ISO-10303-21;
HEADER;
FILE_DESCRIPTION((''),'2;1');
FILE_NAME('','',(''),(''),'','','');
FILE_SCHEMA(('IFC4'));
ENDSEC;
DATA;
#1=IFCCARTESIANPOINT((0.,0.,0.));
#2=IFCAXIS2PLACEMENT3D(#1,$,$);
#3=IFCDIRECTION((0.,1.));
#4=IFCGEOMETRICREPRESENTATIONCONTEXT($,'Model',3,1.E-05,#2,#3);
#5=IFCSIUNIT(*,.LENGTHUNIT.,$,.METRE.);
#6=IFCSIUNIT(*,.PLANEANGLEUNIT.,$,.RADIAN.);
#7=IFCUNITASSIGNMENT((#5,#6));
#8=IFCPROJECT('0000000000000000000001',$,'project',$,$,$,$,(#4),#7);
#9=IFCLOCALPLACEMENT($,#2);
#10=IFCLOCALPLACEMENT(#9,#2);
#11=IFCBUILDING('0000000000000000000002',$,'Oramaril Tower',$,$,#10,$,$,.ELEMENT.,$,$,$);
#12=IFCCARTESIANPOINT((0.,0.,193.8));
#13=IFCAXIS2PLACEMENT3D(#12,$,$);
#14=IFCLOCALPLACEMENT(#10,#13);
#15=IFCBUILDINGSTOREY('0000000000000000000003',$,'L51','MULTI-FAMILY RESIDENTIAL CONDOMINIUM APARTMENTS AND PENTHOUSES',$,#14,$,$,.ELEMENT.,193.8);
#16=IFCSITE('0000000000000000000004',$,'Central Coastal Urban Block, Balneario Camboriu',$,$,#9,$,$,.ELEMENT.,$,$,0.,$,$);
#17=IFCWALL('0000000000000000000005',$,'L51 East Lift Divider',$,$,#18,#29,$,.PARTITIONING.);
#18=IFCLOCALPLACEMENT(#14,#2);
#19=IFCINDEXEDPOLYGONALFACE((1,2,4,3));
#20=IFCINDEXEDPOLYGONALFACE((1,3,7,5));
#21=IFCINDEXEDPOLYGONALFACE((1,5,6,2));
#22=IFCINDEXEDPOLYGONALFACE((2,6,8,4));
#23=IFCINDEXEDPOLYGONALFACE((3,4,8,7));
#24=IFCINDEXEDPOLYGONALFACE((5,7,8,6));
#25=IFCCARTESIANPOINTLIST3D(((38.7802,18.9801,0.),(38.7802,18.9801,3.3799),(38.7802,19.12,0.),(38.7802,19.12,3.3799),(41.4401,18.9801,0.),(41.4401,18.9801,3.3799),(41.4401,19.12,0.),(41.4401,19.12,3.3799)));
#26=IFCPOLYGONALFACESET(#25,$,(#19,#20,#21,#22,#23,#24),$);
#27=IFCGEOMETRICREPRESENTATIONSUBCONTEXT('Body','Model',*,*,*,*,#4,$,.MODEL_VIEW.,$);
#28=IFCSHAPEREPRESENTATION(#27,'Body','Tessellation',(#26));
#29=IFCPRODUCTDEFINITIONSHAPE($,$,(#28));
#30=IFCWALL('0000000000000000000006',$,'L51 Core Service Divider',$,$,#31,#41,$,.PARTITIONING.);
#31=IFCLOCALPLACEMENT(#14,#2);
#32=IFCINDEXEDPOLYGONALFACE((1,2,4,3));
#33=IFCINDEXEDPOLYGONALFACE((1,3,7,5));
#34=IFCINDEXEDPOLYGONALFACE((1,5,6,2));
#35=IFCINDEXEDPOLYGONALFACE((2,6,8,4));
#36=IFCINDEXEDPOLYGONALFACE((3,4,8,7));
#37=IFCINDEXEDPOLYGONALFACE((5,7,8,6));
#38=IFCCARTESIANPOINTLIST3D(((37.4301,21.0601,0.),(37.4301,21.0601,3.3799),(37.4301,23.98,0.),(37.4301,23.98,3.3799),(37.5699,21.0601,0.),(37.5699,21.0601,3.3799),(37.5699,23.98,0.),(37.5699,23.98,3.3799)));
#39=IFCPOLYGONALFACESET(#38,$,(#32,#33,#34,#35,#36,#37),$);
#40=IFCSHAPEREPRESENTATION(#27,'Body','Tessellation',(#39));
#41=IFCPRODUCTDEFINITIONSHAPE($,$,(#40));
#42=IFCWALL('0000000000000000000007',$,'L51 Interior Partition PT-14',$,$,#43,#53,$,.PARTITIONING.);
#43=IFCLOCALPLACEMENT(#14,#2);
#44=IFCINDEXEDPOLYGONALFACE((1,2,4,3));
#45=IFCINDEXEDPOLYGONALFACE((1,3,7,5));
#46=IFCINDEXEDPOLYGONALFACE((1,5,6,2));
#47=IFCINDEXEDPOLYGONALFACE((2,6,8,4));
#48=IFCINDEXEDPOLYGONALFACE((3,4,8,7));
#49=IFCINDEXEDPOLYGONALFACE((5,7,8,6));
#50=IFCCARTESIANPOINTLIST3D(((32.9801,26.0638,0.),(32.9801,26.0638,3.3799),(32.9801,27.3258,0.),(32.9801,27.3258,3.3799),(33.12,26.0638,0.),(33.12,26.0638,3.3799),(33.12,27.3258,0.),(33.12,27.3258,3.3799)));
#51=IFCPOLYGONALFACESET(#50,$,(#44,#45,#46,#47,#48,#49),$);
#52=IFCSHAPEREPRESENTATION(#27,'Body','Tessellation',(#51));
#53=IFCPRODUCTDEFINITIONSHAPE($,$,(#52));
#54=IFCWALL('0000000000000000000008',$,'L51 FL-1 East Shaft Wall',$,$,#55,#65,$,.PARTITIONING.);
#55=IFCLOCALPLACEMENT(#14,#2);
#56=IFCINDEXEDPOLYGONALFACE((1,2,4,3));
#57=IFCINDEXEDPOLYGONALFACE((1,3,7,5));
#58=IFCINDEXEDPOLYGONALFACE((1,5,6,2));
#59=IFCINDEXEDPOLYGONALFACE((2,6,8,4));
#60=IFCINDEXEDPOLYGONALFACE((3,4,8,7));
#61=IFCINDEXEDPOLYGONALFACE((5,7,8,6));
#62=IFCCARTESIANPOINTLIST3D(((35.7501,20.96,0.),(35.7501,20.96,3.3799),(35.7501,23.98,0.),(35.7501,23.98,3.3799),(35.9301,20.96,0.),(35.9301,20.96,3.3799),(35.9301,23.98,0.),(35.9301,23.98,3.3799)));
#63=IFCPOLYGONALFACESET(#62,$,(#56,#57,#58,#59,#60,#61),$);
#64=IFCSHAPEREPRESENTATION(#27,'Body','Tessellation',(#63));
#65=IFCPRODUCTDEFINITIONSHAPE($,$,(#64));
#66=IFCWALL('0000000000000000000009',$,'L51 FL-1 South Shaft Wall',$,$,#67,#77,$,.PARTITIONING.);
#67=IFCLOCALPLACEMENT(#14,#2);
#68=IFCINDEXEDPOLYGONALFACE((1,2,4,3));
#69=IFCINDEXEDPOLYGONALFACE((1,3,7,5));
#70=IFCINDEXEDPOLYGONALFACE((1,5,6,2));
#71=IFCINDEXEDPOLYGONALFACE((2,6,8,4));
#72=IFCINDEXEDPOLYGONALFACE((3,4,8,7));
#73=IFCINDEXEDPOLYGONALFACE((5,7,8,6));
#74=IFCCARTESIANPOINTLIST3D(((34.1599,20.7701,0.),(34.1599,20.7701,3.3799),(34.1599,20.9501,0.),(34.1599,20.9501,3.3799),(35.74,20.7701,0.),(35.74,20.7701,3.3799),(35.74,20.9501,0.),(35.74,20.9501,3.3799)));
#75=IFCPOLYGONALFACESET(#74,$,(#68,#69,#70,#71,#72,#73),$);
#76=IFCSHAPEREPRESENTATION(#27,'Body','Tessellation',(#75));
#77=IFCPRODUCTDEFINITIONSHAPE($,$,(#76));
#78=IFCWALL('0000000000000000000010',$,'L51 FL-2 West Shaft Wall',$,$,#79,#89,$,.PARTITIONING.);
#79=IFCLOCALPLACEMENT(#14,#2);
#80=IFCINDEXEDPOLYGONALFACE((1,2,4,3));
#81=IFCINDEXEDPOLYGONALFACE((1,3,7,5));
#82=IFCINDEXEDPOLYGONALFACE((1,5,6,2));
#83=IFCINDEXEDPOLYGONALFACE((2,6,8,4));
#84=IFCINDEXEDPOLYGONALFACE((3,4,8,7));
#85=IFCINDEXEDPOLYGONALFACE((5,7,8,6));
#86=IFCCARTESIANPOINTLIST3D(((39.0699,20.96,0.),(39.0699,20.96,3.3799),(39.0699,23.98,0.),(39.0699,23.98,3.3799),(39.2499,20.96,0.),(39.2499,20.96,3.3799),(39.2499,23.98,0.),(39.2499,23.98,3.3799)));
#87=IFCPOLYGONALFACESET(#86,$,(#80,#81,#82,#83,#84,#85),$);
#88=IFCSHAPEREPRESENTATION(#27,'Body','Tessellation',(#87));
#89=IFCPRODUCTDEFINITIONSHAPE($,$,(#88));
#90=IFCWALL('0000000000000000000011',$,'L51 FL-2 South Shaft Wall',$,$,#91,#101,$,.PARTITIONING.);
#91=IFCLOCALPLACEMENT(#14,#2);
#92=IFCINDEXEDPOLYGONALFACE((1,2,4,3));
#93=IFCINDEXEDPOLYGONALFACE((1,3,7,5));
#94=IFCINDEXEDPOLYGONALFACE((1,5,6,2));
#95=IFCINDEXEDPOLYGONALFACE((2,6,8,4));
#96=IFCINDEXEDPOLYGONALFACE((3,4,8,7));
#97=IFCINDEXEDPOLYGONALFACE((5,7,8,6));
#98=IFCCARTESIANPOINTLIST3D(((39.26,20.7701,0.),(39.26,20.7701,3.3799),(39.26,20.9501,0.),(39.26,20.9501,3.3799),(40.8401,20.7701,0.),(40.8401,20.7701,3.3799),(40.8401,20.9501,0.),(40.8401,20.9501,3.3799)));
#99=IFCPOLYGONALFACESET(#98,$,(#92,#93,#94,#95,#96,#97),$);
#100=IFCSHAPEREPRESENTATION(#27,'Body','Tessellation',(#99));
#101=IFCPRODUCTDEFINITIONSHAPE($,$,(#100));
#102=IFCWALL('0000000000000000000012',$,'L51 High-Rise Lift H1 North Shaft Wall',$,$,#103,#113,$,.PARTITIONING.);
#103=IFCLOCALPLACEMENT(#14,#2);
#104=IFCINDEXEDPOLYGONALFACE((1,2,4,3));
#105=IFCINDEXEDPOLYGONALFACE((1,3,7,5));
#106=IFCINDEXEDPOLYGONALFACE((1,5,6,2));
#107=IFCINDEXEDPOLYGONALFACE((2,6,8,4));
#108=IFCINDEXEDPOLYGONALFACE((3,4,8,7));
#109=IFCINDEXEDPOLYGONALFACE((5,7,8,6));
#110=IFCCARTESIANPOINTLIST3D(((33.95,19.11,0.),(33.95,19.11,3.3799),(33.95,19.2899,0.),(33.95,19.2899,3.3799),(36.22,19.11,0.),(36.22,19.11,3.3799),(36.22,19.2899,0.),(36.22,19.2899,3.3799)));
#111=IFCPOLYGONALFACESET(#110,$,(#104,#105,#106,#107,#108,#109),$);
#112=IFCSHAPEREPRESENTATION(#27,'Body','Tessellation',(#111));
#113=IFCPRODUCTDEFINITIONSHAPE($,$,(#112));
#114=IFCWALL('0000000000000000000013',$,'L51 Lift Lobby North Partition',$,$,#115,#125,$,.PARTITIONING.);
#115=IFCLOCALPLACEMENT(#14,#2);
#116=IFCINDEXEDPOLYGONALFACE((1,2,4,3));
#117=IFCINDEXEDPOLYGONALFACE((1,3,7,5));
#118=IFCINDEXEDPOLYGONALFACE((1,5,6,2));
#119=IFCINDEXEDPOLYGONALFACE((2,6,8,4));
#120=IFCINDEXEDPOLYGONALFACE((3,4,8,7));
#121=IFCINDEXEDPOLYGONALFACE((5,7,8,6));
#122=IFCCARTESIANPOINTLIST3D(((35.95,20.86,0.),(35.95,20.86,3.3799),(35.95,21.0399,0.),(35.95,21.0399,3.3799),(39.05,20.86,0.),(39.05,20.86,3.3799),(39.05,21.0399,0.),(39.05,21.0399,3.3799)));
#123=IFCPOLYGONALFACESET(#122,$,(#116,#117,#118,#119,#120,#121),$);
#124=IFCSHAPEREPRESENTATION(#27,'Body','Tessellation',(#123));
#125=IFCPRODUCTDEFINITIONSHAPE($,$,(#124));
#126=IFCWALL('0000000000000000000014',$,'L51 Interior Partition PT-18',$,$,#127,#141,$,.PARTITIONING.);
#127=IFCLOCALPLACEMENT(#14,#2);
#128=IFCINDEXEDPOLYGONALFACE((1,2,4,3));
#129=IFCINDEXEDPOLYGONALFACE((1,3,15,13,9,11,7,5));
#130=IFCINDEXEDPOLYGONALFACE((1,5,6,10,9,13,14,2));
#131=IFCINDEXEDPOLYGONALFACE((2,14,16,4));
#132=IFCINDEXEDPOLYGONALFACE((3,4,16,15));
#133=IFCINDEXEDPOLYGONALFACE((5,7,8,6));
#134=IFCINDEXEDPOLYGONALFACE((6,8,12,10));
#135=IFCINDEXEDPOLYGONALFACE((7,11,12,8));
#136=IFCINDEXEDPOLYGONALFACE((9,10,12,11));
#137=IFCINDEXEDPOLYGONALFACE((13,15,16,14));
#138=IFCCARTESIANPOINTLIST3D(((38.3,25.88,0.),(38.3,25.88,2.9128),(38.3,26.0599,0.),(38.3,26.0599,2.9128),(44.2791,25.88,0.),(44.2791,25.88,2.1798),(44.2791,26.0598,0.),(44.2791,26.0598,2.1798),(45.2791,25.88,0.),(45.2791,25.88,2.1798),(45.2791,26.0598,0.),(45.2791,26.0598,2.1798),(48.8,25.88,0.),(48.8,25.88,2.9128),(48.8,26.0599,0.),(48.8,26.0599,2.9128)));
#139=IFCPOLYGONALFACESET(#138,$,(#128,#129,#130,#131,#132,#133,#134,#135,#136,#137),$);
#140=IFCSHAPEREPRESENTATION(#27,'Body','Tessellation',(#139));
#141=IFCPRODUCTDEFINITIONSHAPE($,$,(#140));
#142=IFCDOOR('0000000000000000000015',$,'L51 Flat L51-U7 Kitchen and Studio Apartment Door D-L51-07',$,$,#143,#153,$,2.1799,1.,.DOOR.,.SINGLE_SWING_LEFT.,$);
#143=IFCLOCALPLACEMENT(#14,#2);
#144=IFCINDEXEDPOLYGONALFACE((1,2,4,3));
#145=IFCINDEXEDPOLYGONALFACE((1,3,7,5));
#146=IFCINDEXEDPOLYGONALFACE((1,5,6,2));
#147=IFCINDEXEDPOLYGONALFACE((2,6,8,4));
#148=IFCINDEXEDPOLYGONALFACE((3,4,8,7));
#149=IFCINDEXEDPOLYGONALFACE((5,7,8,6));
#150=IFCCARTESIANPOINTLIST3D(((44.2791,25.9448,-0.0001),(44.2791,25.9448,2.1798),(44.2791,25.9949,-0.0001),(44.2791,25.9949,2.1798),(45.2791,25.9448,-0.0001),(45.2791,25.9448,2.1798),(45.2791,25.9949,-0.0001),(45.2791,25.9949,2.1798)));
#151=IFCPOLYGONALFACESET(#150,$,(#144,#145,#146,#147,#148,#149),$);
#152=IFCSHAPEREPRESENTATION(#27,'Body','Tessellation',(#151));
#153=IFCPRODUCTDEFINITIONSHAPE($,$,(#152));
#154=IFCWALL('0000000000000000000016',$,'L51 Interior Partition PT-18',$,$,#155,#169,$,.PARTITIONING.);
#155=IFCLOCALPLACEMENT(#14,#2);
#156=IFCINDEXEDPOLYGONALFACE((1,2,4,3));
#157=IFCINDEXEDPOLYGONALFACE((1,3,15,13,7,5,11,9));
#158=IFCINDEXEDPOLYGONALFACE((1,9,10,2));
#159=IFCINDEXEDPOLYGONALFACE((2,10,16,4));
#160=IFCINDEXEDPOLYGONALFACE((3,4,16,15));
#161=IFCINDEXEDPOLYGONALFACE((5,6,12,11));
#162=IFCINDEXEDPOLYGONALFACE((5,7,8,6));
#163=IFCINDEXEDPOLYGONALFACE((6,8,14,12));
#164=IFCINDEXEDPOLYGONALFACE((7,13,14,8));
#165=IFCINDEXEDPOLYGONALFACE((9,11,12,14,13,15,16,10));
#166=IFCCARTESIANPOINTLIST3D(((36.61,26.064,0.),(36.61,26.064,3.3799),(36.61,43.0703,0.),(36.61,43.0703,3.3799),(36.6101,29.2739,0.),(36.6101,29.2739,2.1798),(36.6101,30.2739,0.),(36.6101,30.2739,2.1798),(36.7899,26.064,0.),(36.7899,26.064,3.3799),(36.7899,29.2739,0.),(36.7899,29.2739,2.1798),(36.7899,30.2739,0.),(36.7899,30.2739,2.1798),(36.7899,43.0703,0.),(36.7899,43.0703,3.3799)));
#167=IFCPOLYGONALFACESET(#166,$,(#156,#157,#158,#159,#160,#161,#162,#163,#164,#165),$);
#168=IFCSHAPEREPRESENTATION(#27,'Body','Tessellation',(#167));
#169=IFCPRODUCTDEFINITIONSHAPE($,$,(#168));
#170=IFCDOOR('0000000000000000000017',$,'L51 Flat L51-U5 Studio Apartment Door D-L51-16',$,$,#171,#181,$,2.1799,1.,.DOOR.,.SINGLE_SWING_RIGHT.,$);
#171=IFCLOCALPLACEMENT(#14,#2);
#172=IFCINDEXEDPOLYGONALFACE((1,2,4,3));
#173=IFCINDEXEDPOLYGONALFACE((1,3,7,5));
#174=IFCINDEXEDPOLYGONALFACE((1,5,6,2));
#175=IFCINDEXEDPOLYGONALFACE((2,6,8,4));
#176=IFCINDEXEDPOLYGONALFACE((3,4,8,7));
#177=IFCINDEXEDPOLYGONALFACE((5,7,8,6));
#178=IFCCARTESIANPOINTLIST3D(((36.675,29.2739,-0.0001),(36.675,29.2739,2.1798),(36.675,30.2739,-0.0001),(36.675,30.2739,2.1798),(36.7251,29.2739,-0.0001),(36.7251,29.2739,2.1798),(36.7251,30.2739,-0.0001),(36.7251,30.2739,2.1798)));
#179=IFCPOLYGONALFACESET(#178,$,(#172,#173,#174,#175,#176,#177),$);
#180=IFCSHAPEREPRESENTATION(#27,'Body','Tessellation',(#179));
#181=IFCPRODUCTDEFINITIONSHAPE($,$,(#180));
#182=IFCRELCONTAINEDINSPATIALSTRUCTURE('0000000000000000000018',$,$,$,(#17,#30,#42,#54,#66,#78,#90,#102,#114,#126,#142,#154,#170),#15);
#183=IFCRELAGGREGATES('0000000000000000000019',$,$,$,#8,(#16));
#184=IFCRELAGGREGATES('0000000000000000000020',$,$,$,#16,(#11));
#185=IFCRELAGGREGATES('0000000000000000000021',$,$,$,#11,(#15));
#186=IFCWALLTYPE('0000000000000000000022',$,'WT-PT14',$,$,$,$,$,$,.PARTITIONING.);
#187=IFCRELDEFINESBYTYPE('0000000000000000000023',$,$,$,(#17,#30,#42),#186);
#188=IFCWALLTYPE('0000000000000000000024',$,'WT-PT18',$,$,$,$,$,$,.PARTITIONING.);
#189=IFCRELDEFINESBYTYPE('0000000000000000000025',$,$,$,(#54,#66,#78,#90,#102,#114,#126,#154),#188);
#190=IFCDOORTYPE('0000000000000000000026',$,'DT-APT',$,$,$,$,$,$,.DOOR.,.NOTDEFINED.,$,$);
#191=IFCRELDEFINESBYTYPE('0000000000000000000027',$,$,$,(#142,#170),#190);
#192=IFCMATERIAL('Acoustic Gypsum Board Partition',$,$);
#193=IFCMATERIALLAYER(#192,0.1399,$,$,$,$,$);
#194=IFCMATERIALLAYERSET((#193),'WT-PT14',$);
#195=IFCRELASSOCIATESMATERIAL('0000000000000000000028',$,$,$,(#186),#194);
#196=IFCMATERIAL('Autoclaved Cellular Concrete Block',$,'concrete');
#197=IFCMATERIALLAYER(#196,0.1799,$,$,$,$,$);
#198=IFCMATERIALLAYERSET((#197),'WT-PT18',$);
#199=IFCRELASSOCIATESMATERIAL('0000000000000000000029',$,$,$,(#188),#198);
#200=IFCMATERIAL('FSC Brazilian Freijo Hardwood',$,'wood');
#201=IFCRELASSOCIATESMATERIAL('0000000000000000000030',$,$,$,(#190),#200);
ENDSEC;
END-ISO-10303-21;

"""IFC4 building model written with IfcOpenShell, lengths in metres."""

from ifc_helpers import new_model, si_unit, direction, frame, frame_2d, origin, place, context, subcontext, project, spatial, rectangle, extrude, material, layer, layer_set, type_object, element, fill, save


model = new_model("IFC4")

# Units and contexts
model_context = context("Model", 3, precision=1e-05, world=origin(), true_north=direction((0.0, 1.0)))
body_context = subcontext(model_context, "Body", "Model", "MODEL_VIEW")
ifc_project = project(units=[si_unit("LENGTHUNIT", "METRE"), si_unit("PLANEANGLEUNIT", "RADIAN")], contexts=[model_context])

# Site, building, storey
site_placement = place(None, origin())
site = spatial("IfcSite", under=ifc_project, at=site_placement, Name="Central Coastal Urban Block, Balneario Camboriu", CompositionType="ELEMENT", RefElevation=0.0)
building_placement = place(site_placement, origin())
building = spatial("IfcBuilding", under=site, at=building_placement, Name="Oramaril Tower", CompositionType="ELEMENT")
storey_placement = place(building_placement, frame((0.0, 0.0, 193.8)))
storey = spatial("IfcBuildingStorey", under=building, at=storey_placement, Name="L51", Description="MULTI-FAMILY RESIDENTIAL CONDOMINIUM APARTMENTS AND PENTHOUSES", CompositionType="ELEMENT", Elevation=193.8)

# Walls
ifc_material_1 = material(Name="Acoustic Gypsum Board Partition")
ifc_layer_1 = layer(ifc_material_1, 0.1399)
ifc_layer_set_1 = layer_set([ifc_layer_1], Name="WT-PT14")
wall_type_1 = type_object("IfcWallType", Name="WT-PT14", PredefinedType="PARTITIONING", material=ifc_layer_set_1)
wall_1_placement = place(storey_placement, frame((38.78, 19.05, 0.0), z_axis=(0.0, 0.0, 1.0), x_axis=(1.0, 0.0, 0.0)))
element("IfcWall", 1, at=wall_1_placement, inside=storey, type_object=wall_type_1, Name="L51 East Lift Divider", PredefinedType="PARTITIONING", context=body_context, shape_type="SweptSolid", body=[
    extrude(rectangle(XDim=2.6599, YDim=0.1399, at=frame_2d((1.3301, 0.0))), origin(), (0.0, 0.0, 1.0), 3.3799),
])
wall_2_placement = place(storey_placement, frame((37.5, 21.0601, 0.0), z_axis=(0.0, 0.0, 1.0), x_axis=(0.0, 1.0, 0.0)))
element("IfcWall", 2, at=wall_2_placement, inside=storey, type_object=wall_type_1, Name="L51 Core Service Divider", PredefinedType="PARTITIONING", context=body_context, shape_type="SweptSolid", body=[
    extrude(rectangle(XDim=2.9199, YDim=0.1399, at=frame_2d((1.46, 0.0))), origin(), (0.0, 0.0, 1.0), 3.3799),
])
wall_3_placement = place(storey_placement, frame((33.05, 26.064, 0.0), z_axis=(0.0, 0.0, 1.0), x_axis=(0.0, 1.0, 0.0)))
element("IfcWall", 3, at=wall_3_placement, inside=storey, type_object=wall_type_1, Name="L51 Interior Partition PT-14", PredefinedType="PARTITIONING", context=body_context, shape_type="SweptSolid", body=[
    extrude(rectangle(XDim=1.262, YDim=0.1399, at=frame_2d((0.6309, 0.0))), origin(), (0.0, 0.0, 1.0), 3.3799),
])
ifc_material_2 = material(Name="Autoclaved Cellular Concrete Block", Category="concrete")
ifc_layer_2 = layer(ifc_material_2, 0.1799)
ifc_layer_set_2 = layer_set([ifc_layer_2], Name="WT-PT18")
wall_type_2 = type_object("IfcWallType", Name="WT-PT18", PredefinedType="PARTITIONING", material=ifc_layer_set_2)
wall_4_placement = place(storey_placement, frame((35.8401, 20.96, 0.0), z_axis=(0.0, 0.0, 1.0), x_axis=(0.0, 1.0, 0.0)))
element("IfcWall", 4, at=wall_4_placement, inside=storey, type_object=wall_type_2, Name="L51 FL-1 East Shaft Wall", PredefinedType="PARTITIONING", context=body_context, shape_type="SweptSolid", body=[
    extrude(rectangle(XDim=3.02, YDim=0.1799, at=frame_2d((1.51, 0.0))), origin(), (0.0, 0.0, 1.0), 3.3799),
])
wall_5_placement = place(storey_placement, frame((34.1599, 20.8601, 0.0), z_axis=(0.0, 0.0, 1.0), x_axis=(1.0, 0.0, 0.0)))
element("IfcWall", 5, at=wall_5_placement, inside=storey, type_object=wall_type_2, Name="L51 FL-1 South Shaft Wall", PredefinedType="PARTITIONING", context=body_context, shape_type="SweptSolid", body=[
    extrude(rectangle(XDim=1.5801, YDim=0.1799, at=frame_2d((0.79, 0.0))), origin(), (0.0, 0.0, 1.0), 3.3799),
])
wall_6_placement = place(storey_placement, frame((39.1599, 20.96, 0.0), z_axis=(0.0, 0.0, 1.0), x_axis=(0.0, 1.0, 0.0)))
element("IfcWall", 6, at=wall_6_placement, inside=storey, type_object=wall_type_2, Name="L51 FL-2 West Shaft Wall", PredefinedType="PARTITIONING", context=body_context, shape_type="SweptSolid", body=[
    extrude(rectangle(XDim=3.02, YDim=0.1799, at=frame_2d((1.51, 0.0))), origin(), (0.0, 0.0, 1.0), 3.3799),
])
wall_7_placement = place(storey_placement, frame((39.26, 20.8601, 0.0), z_axis=(0.0, 0.0, 1.0), x_axis=(1.0, 0.0, 0.0)))
element("IfcWall", 7, at=wall_7_placement, inside=storey, type_object=wall_type_2, Name="L51 FL-2 South Shaft Wall", PredefinedType="PARTITIONING", context=body_context, shape_type="SweptSolid", body=[
    extrude(rectangle(XDim=1.5801, YDim=0.1799, at=frame_2d((0.79, 0.0))), origin(), (0.0, 0.0, 1.0), 3.3799),
])
wall_8_placement = place(storey_placement, frame((33.95, 19.2, 0.0), z_axis=(0.0, 0.0, 1.0), x_axis=(1.0, 0.0, 0.0)))
element("IfcWall", 8, at=wall_8_placement, inside=storey, type_object=wall_type_2, Name="L51 High-Rise Lift H1 North Shaft Wall", PredefinedType="PARTITIONING", context=body_context, shape_type="SweptSolid", body=[
    extrude(rectangle(XDim=2.27, YDim=0.1799, at=frame_2d((1.135, 0.0))), origin(), (0.0, 0.0, 1.0), 3.3799),
])
wall_9_placement = place(storey_placement, frame((35.95, 20.95, 0.0), z_axis=(0.0, 0.0, 1.0), x_axis=(1.0, 0.0, 0.0)))
element("IfcWall", 9, at=wall_9_placement, inside=storey, type_object=wall_type_2, Name="L51 Lift Lobby North Partition", PredefinedType="PARTITIONING", context=body_context, shape_type="SweptSolid", body=[
    extrude(rectangle(XDim=3.1001, YDim=0.1799, at=frame_2d((1.55, 0.0))), origin(), (0.0, 0.0, 1.0), 3.3799),
])

# Walls, openings, doors
wall_10_placement = place(storey_placement, frame((38.3, 25.97, 0.0), z_axis=(0.0, 0.0, 1.0), x_axis=(1.0, 0.0, 0.0)))
wall_10 = element("IfcWall", 10, at=wall_10_placement, inside=storey, type_object=wall_type_2, Name="L51 Interior Partition PT-18", PredefinedType="PARTITIONING", context=body_context, shape_type="SweptSolid", body=[
    extrude(rectangle(XDim=10.5, YDim=0.1799, at=frame_2d((5.25, 0.0))), origin(), (0.0, 0.0, 1.0), 2.9128),
])
opening_1_placement = place(wall_10_placement, frame((5.979, 0.0, 0.0)))
opening_1 = element("IfcOpeningElement", 11, at=opening_1_placement, cuts=wall_10, PredefinedType="OPENING", context=body_context, shape_type="SweptSolid", body=[
    extrude(rectangle(XDim=1.0, YDim=2.1799, at=frame_2d((0.5, 1.0898))), frame((0.0, 0.0898, 0.0), z_axis=(0.0, -1.0, 0.0), x_axis=(1.0, 0.0, 0.0)), (0.0, 0.0, 1.0), 0.1799),
])
ifc_material_3 = material(Name="FSC Brazilian Freijo Hardwood", Category="wood")
door_type_1 = type_object("IfcDoorType", Name="DT-APT", OperationType="NOTDEFINED", PredefinedType="DOOR", material=ifc_material_3)
door_1_placement = place(opening_1_placement, origin())
door_1 = element("IfcDoor", 12, at=door_1_placement, inside=storey, type_object=door_type_1, Name="L51 Flat L51-U7 Kitchen and Studio Apartment Door D-L51-07", OperationType="SINGLE_SWING_LEFT", OverallHeight=2.1799, OverallWidth=1.0, PredefinedType="DOOR", context=body_context, shape_type="SweptSolid", body=[
    extrude(rectangle(XDim=1.0, YDim=2.1799, at=frame_2d((0.5, 1.0898))), frame((0.0, 0.0249, 0.0), z_axis=(0.0, -1.0, 0.0), x_axis=(1.0, 0.0, 0.0)), (0.0, 0.0, 1.0), 0.05),
])
fill(opening_1, door_1)
wall_11_placement = place(storey_placement, frame((36.7, 26.064, 0.0), z_axis=(0.0, 0.0, 1.0), x_axis=(0.0, 1.0, 0.0)))
wall_11 = element("IfcWall", 13, at=wall_11_placement, inside=storey, type_object=wall_type_2, Name="L51 Interior Partition PT-18", PredefinedType="PARTITIONING", context=body_context, shape_type="SweptSolid", body=[
    extrude(rectangle(XDim=17.0063, YDim=0.1799, at=frame_2d((8.5032, 0.0))), origin(), (0.0, 0.0, 1.0), 3.3799),
])
opening_2_placement = place(wall_11_placement, frame((3.21, 0.0, 0.0)))
opening_2 = element("IfcOpeningElement", 14, at=opening_2_placement, cuts=wall_11, PredefinedType="OPENING", context=body_context, shape_type="SweptSolid", body=[
    extrude(rectangle(XDim=1.0, YDim=2.1799, at=frame_2d((0.5, 1.0898))), frame((0.0, 0.0898, 0.0), z_axis=(0.0, -1.0, 0.0), x_axis=(1.0, 0.0, 0.0)), (0.0, 0.0, 1.0), 0.1799),
])
door_2_placement = place(opening_2_placement, origin())
door_2 = element("IfcDoor", 15, at=door_2_placement, inside=storey, type_object=door_type_1, Name="L51 Flat L51-U5 Studio Apartment Door D-L51-16", OperationType="SINGLE_SWING_RIGHT", OverallHeight=2.1799, OverallWidth=1.0, PredefinedType="DOOR", context=body_context, shape_type="SweptSolid", body=[
    extrude(rectangle(XDim=1.0, YDim=2.1799, at=frame_2d((0.5, 1.0898))), frame((0.0, 0.0249, 0.0), z_axis=(0.0, -1.0, 0.0), x_axis=(1.0, 0.0, 0.0)), (0.0, 0.0, 1.0), 0.05),
])
fill(opening_2, door_2)

save(model, "model.ifc")
